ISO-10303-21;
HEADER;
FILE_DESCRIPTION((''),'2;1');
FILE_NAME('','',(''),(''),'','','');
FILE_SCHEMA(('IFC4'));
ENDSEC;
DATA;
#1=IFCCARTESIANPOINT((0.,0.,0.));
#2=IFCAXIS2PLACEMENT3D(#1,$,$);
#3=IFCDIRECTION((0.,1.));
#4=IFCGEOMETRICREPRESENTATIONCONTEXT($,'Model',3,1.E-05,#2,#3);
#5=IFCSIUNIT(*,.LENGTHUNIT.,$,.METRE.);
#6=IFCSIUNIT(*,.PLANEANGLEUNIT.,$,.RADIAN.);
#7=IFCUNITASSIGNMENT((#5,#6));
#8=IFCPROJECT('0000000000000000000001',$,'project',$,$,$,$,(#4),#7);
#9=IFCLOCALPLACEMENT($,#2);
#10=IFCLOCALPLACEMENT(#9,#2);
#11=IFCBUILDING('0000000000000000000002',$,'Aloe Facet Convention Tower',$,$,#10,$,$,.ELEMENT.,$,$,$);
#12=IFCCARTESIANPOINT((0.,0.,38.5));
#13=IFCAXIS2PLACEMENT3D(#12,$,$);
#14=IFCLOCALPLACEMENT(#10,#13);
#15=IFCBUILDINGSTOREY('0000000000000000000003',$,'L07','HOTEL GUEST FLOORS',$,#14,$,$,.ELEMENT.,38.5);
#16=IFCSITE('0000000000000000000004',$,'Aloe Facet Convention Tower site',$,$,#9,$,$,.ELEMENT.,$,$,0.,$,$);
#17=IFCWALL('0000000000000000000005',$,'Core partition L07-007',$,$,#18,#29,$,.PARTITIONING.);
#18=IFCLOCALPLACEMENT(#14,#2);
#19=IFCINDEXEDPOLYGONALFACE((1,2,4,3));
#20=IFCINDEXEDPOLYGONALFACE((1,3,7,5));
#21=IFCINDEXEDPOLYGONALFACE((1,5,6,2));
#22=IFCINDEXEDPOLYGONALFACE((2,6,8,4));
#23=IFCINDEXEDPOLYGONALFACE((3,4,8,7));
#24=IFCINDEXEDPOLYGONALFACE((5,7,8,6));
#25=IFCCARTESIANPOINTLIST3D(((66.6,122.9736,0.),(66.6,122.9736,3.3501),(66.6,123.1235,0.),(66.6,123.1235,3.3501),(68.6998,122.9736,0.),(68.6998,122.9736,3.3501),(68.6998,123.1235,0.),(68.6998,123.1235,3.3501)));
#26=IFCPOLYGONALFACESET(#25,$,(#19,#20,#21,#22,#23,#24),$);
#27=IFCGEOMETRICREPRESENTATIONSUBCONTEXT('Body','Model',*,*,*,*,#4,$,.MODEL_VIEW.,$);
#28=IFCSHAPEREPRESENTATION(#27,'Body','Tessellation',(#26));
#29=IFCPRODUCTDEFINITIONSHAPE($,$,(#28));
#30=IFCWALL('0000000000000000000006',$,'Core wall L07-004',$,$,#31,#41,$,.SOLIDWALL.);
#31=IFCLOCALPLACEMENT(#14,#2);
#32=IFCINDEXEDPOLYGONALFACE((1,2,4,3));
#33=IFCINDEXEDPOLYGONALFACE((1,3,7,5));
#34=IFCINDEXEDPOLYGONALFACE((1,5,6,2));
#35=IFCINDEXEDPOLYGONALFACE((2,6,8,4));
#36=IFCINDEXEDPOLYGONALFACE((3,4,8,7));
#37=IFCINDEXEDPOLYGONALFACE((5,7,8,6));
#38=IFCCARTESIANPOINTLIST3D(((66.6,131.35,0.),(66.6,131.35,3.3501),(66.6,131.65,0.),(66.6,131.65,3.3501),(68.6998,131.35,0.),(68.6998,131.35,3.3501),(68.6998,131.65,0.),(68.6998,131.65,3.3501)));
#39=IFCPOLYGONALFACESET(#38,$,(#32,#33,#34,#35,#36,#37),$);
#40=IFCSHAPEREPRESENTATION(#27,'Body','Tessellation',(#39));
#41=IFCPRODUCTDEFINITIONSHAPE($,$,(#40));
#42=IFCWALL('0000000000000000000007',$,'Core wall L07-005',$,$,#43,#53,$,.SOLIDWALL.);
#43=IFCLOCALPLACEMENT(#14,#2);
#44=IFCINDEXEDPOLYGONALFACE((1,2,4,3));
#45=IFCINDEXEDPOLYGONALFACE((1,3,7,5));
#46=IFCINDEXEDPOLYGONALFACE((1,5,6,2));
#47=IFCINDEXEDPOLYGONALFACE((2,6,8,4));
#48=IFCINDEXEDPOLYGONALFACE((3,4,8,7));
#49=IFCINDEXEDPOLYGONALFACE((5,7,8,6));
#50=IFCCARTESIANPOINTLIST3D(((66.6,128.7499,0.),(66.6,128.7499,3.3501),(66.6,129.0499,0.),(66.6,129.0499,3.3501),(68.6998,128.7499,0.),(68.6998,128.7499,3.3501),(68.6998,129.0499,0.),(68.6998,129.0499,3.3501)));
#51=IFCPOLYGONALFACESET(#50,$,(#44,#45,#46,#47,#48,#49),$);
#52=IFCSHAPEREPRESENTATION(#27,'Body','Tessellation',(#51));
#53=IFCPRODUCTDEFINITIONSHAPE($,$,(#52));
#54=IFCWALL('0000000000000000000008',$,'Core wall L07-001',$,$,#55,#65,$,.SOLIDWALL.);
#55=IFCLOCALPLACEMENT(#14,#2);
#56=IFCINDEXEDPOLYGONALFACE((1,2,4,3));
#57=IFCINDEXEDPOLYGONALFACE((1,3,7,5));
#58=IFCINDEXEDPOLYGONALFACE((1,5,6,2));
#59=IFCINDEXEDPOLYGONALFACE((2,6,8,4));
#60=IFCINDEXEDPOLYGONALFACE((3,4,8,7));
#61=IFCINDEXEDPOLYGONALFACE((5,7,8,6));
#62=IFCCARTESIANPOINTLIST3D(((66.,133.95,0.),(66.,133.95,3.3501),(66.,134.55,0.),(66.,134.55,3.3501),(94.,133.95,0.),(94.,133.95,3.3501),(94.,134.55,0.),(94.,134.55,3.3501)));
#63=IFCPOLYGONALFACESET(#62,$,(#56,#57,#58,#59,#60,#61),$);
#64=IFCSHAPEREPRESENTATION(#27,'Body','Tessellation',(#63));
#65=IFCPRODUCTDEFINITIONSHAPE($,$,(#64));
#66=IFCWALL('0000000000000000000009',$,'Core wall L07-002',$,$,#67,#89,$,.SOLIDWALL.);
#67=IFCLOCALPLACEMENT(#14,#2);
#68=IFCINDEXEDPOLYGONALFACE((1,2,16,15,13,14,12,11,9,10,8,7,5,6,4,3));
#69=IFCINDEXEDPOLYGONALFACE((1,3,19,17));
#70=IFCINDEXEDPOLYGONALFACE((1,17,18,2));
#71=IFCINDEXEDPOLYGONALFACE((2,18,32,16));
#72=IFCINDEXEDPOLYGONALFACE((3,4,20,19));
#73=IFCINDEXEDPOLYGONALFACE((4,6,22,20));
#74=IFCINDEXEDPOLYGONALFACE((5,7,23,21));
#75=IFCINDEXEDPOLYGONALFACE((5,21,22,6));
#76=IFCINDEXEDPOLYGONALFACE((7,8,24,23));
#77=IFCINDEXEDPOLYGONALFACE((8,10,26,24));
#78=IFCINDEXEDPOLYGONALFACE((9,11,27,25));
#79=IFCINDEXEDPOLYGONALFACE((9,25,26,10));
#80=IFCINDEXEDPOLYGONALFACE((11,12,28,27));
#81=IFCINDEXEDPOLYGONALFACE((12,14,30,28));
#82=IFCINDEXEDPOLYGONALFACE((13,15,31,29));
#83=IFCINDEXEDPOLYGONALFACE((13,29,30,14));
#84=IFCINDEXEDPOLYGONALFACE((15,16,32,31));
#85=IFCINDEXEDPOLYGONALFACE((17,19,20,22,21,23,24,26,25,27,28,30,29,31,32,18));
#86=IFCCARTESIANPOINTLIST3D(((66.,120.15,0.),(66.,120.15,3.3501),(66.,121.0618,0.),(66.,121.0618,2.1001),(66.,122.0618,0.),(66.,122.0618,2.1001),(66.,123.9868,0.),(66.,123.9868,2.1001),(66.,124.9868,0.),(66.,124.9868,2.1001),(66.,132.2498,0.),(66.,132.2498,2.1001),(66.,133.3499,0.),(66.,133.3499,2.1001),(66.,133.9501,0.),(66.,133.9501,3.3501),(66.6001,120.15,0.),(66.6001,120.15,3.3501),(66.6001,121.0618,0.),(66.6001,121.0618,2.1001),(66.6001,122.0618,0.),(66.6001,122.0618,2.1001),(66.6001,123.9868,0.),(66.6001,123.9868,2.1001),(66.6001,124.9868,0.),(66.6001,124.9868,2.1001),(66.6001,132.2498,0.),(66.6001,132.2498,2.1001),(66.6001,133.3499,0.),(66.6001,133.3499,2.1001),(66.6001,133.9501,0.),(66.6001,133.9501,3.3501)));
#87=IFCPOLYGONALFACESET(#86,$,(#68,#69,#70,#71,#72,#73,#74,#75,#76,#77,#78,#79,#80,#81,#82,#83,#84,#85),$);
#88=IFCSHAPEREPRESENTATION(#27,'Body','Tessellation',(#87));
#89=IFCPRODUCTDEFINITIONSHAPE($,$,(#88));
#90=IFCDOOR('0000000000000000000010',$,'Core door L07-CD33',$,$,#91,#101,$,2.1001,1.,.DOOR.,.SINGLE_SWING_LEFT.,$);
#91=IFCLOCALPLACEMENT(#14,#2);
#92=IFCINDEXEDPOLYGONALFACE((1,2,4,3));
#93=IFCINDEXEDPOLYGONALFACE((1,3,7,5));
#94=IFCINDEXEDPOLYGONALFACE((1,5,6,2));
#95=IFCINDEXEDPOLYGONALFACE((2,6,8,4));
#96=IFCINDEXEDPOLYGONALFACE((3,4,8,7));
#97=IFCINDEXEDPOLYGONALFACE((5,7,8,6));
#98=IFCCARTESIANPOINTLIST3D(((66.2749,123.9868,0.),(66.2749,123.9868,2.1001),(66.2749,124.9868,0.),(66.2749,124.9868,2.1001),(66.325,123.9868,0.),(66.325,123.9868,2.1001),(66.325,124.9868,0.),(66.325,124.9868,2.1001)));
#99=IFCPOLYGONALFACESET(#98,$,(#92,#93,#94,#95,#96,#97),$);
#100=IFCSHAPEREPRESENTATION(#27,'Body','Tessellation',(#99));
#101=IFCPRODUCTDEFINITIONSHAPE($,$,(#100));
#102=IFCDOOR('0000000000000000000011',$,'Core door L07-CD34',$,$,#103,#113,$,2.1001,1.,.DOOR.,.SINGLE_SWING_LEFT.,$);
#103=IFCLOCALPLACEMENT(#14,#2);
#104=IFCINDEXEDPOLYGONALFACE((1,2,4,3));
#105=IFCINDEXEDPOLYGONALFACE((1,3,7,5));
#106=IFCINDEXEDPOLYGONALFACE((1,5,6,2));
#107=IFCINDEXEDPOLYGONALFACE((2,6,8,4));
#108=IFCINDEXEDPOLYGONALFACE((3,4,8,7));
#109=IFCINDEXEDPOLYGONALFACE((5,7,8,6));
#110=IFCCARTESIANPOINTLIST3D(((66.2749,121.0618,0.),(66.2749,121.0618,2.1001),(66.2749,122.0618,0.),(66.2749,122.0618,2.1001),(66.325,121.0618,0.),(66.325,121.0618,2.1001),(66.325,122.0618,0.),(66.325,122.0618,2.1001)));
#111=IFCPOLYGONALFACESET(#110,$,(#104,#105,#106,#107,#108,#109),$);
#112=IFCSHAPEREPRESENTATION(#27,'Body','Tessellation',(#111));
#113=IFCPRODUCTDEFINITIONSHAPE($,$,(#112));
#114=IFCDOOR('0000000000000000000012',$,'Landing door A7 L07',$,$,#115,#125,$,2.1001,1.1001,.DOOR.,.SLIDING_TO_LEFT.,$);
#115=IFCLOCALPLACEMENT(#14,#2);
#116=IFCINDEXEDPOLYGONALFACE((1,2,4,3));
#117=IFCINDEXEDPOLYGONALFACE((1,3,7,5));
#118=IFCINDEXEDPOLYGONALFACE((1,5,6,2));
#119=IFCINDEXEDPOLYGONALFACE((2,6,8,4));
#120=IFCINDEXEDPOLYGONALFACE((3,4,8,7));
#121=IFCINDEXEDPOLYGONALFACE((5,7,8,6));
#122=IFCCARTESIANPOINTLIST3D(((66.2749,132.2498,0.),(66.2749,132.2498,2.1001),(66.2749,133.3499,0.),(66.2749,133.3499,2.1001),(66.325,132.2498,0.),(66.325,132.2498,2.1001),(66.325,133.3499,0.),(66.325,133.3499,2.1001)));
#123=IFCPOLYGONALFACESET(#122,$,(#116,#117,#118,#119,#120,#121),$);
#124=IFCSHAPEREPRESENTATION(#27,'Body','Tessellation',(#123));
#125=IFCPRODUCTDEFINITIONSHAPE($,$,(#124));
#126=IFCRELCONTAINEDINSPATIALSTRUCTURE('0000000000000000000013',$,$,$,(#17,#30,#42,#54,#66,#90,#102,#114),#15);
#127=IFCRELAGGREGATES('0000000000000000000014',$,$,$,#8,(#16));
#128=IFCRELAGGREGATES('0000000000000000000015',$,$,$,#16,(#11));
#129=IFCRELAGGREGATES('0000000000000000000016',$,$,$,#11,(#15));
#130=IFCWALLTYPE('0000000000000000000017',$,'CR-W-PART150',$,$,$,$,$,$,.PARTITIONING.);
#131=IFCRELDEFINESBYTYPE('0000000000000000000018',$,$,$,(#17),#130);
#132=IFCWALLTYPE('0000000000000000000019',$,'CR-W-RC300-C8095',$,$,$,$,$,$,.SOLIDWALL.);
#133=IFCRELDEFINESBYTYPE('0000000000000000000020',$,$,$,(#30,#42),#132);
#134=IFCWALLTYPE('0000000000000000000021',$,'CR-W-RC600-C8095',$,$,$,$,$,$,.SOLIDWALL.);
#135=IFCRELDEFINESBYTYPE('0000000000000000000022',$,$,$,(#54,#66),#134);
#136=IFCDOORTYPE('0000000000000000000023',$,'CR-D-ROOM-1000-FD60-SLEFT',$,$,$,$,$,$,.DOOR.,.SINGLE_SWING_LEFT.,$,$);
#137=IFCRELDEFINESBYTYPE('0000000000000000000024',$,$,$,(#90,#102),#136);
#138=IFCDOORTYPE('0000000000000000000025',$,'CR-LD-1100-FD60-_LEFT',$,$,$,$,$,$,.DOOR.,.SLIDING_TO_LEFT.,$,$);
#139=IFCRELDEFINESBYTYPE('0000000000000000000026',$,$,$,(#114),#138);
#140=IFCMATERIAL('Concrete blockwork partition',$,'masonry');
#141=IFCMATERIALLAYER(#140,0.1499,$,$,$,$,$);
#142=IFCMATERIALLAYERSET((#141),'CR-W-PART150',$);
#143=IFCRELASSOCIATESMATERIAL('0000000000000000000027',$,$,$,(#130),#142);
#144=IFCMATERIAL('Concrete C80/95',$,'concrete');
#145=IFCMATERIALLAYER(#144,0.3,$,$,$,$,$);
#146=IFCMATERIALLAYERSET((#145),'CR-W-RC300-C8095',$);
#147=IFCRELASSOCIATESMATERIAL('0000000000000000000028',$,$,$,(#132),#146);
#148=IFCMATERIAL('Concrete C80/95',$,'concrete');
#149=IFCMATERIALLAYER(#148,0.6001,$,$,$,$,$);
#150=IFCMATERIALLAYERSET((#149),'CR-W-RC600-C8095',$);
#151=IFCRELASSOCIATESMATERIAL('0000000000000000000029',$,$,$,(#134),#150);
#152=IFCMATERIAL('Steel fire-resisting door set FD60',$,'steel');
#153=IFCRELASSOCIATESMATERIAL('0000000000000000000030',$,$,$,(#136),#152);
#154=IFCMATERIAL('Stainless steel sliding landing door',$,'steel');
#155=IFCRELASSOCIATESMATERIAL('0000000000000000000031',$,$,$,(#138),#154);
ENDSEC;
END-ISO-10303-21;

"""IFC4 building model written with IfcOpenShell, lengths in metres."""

from ifc_helpers import new_model, si_unit, direction, frame, frame_2d, origin, place, context, subcontext, project, spatial, rectangle, extrude, material, layer, layer_set, type_object, element, fill, save


model = new_model("IFC4")

# Units and contexts
model_context = context("Model", 3, precision=1e-05, world=origin(), true_north=direction((0.0, 1.0)))
body_context = subcontext(model_context, "Body", "Model", "MODEL_VIEW")
ifc_project = project(units=[si_unit("LENGTHUNIT", "METRE"), si_unit("PLANEANGLEUNIT", "RADIAN")], contexts=[model_context])

# Site, building, storey
site_placement = place(None, origin())
site = spatial("IfcSite", under=ifc_project, at=site_placement, Name="Aloe Facet Convention Tower site", CompositionType="ELEMENT", RefElevation=0.0)
building_placement = place(site_placement, origin())
building = spatial("IfcBuilding", under=site, at=building_placement, Name="Aloe Facet Convention Tower", CompositionType="ELEMENT")
storey_placement = place(building_placement, frame((0.0, 0.0, 38.5)))
storey = spatial("IfcBuildingStorey", under=building, at=storey_placement, Name="L07", Description="HOTEL GUEST FLOORS", CompositionType="ELEMENT", Elevation=38.5)

# Walls
ifc_material_1 = material(Name="Concrete blockwork partition", Category="masonry")
ifc_layer_1 = layer(ifc_material_1, 0.1499)
ifc_layer_set_1 = layer_set([ifc_layer_1], Name="CR-W-PART150")
wall_type_1 = type_object("IfcWallType", Name="CR-W-PART150", PredefinedType="PARTITIONING", material=ifc_layer_set_1)
wall_1_placement = place(storey_placement, frame((66.6001, 123.0486, 0.0), z_axis=(0.0, 0.0, 1.0), x_axis=(1.0, 0.0, 0.0)))
element("IfcWall", 1, at=wall_1_placement, inside=storey, type_object=wall_type_1, Name="Core partition L07-007", PredefinedType="PARTITIONING", context=body_context, shape_type="SweptSolid", body=[
    extrude(rectangle(XDim=2.0999, YDim=0.1499, at=frame_2d((1.0498, 0.0))), origin(), (0.0, 0.0, 1.0), 3.3501),
])
ifc_material_2 = material(Name="Concrete C80/95", Category="concrete")
ifc_layer_2 = layer(ifc_material_2, 0.3)
ifc_layer_set_2 = layer_set([ifc_layer_2], Name="CR-W-RC300-C8095")
wall_type_2 = type_object("IfcWallType", Name="CR-W-RC300-C8095", PredefinedType="SOLIDWALL", material=ifc_layer_set_2)
for number, where, z_axis, x_axis, name in (
    (2, (66.6001, 131.5, 0.0), (0.0, 0.0, 1.0), (1.0, 0.0, 0.0), "Core wall L07-004"),
    (3, (66.6001, 128.8999, 0.0), (0.0, 0.0, 1.0), (1.0, 0.0, 0.0), "Core wall L07-005"),
):
    element("IfcWall", number, at=place(storey_placement, frame(where, z_axis=z_axis, x_axis=x_axis)), inside=storey, type_object=wall_type_2, Name=name, PredefinedType="SOLIDWALL", context=body_context, shape_type="SweptSolid", body=[
        extrude(rectangle(XDim=2.0999, YDim=0.3, at=frame_2d((1.0498, 0.0))), origin(), (0.0, 0.0, 1.0), 3.3501),
    ])
ifc_material_3 = material(Name="Concrete C80/95", Category="concrete")
ifc_layer_3 = layer(ifc_material_3, 0.6001)
ifc_layer_set_3 = layer_set([ifc_layer_3], Name="CR-W-RC600-C8095")
wall_type_3 = type_object("IfcWallType", Name="CR-W-RC600-C8095", PredefinedType="SOLIDWALL", material=ifc_layer_set_3)
wall_2_placement = place(storey_placement, frame((66.0, 134.25, 0.0), z_axis=(0.0, 0.0, 1.0), x_axis=(1.0, 0.0, 0.0)))
element("IfcWall", 4, at=wall_2_placement, inside=storey, type_object=wall_type_3, Name="Core wall L07-001", PredefinedType="SOLIDWALL", context=body_context, shape_type="SweptSolid", body=[
    extrude(rectangle(XDim=28.0, YDim=0.6001, at=frame_2d((14.0, 0.0))), origin(), (0.0, 0.0, 1.0), 3.3501),
])

# Wall, openings, doors
wall_3_placement = place(storey_placement, frame((66.3, 133.95, 0.0), z_axis=(0.0, 0.0, 1.0), x_axis=(0.0, -1.0, 0.0)))
wall_3 = element("IfcWall", 5, at=wall_3_placement, inside=storey, type_object=wall_type_3, Name="Core wall L07-002", PredefinedType="SOLIDWALL", context=body_context, shape_type="SweptSolid", body=[
    extrude(rectangle(XDim=13.8, YDim=0.6001, at=frame_2d((6.8999, 0.0))), origin(), (0.0, 0.0, 1.0), 3.3501),
])
opening_1_placement = place(wall_3_placement, frame((0.6001, 0.0, 0.0)))
opening_1 = element("IfcOpeningElement", 6, at=opening_1_placement, cuts=wall_3, PredefinedType="OPENING", context=body_context, shape_type="SweptSolid", body=[
    extrude(rectangle(XDim=1.1001, YDim=2.1001, at=frame_2d((0.55, 1.05))), frame((0.0, 0.3101, 0.0), z_axis=(0.0, -1.0, 0.0), x_axis=(1.0, 0.0, 0.0)), (0.0, 0.0, 1.0), 0.6201),
])
opening_2_placement = place(wall_3_placement, frame((8.9631, 0.0, 0.0)))
opening_2 = element("IfcOpeningElement", 7, at=opening_2_placement, cuts=wall_3, PredefinedType="OPENING", context=body_context, shape_type="SweptSolid", body=[
    extrude(rectangle(XDim=1.0, YDim=2.1001, at=frame_2d((0.5, 1.05))), frame((0.0, 0.3101, 0.0), z_axis=(0.0, -1.0, 0.0), x_axis=(1.0, 0.0, 0.0)), (0.0, 0.0, 1.0), 0.6201),
])
opening_3_placement = place(wall_3_placement, frame((11.8882, 0.0, 0.0)))
opening_3 = element("IfcOpeningElement", 8, at=opening_3_placement, cuts=wall_3, PredefinedType="OPENING", context=body_context, shape_type="SweptSolid", body=[
    extrude(rectangle(XDim=1.0, YDim=2.1001, at=frame_2d((0.5, 1.05))), frame((0.0, 0.3101, 0.0), z_axis=(0.0, -1.0, 0.0), x_axis=(1.0, 0.0, 0.0)), (0.0, 0.0, 1.0), 0.6201),
])
ifc_material_4 = material(Name="Steel fire-resisting door set FD60", Category="steel")
door_type_1 = type_object("IfcDoorType", Name="CR-D-ROOM-1000-FD60-SLEFT", OperationType="SINGLE_SWING_LEFT", PredefinedType="DOOR", material=ifc_material_4)
door_1_placement = place(opening_2_placement, origin())
door_1 = element("IfcDoor", 9, at=door_1_placement, inside=storey, type_object=door_type_1, Name="Core door L07-CD33", OperationType="SINGLE_SWING_LEFT", OverallHeight=2.1001, OverallWidth=1.0, PredefinedType="DOOR", context=body_context, shape_type="SweptSolid", body=[
    extrude(rectangle(XDim=1.0, YDim=2.1001, at=frame_2d((0.5, 1.05))), frame((0.0, 0.0249, 0.0), z_axis=(0.0, -1.0, 0.0), x_axis=(1.0, 0.0, 0.0)), (0.0, 0.0, 1.0), 0.05),
])
fill(opening_2, door_1)
door_2_placement = place(opening_3_placement, origin())
door_2 = element("IfcDoor", 10, at=door_2_placement, inside=storey, type_object=door_type_1, Name="Core door L07-CD34", OperationType="SINGLE_SWING_LEFT", OverallHeight=2.1001, OverallWidth=1.0, PredefinedType="DOOR", context=body_context, shape_type="SweptSolid", body=[
    extrude(rectangle(XDim=1.0, YDim=2.1001, at=frame_2d((0.5, 1.05))), frame((0.0, 0.0249, 0.0), z_axis=(0.0, -1.0, 0.0), x_axis=(1.0, 0.0, 0.0)), (0.0, 0.0, 1.0), 0.05),
])
fill(opening_3, door_2)
ifc_material_5 = material(Name="Stainless steel sliding landing door", Category="steel")
door_type_2 = type_object("IfcDoorType", Name="CR-LD-1100-FD60-_LEFT", OperationType="SLIDING_TO_LEFT", PredefinedType="DOOR", material=ifc_material_5)
door_3_placement = place(opening_1_placement, origin())
door_3 = element("IfcDoor", 11, at=door_3_placement, inside=storey, type_object=door_type_2, Name="Landing door A7 L07", OperationType="SLIDING_TO_LEFT", OverallHeight=2.1001, OverallWidth=1.1001, PredefinedType="DOOR", context=body_context, shape_type="SweptSolid", body=[
    extrude(rectangle(XDim=1.1001, YDim=2.1001, at=frame_2d((0.55, 1.05))), frame((0.0, 0.0249, 0.0), z_axis=(0.0, -1.0, 0.0), x_axis=(1.0, 0.0, 0.0)), (0.0, 0.0, 1.0), 0.05),
])
fill(opening_1, door_3)

save(model, "model.ifc")
